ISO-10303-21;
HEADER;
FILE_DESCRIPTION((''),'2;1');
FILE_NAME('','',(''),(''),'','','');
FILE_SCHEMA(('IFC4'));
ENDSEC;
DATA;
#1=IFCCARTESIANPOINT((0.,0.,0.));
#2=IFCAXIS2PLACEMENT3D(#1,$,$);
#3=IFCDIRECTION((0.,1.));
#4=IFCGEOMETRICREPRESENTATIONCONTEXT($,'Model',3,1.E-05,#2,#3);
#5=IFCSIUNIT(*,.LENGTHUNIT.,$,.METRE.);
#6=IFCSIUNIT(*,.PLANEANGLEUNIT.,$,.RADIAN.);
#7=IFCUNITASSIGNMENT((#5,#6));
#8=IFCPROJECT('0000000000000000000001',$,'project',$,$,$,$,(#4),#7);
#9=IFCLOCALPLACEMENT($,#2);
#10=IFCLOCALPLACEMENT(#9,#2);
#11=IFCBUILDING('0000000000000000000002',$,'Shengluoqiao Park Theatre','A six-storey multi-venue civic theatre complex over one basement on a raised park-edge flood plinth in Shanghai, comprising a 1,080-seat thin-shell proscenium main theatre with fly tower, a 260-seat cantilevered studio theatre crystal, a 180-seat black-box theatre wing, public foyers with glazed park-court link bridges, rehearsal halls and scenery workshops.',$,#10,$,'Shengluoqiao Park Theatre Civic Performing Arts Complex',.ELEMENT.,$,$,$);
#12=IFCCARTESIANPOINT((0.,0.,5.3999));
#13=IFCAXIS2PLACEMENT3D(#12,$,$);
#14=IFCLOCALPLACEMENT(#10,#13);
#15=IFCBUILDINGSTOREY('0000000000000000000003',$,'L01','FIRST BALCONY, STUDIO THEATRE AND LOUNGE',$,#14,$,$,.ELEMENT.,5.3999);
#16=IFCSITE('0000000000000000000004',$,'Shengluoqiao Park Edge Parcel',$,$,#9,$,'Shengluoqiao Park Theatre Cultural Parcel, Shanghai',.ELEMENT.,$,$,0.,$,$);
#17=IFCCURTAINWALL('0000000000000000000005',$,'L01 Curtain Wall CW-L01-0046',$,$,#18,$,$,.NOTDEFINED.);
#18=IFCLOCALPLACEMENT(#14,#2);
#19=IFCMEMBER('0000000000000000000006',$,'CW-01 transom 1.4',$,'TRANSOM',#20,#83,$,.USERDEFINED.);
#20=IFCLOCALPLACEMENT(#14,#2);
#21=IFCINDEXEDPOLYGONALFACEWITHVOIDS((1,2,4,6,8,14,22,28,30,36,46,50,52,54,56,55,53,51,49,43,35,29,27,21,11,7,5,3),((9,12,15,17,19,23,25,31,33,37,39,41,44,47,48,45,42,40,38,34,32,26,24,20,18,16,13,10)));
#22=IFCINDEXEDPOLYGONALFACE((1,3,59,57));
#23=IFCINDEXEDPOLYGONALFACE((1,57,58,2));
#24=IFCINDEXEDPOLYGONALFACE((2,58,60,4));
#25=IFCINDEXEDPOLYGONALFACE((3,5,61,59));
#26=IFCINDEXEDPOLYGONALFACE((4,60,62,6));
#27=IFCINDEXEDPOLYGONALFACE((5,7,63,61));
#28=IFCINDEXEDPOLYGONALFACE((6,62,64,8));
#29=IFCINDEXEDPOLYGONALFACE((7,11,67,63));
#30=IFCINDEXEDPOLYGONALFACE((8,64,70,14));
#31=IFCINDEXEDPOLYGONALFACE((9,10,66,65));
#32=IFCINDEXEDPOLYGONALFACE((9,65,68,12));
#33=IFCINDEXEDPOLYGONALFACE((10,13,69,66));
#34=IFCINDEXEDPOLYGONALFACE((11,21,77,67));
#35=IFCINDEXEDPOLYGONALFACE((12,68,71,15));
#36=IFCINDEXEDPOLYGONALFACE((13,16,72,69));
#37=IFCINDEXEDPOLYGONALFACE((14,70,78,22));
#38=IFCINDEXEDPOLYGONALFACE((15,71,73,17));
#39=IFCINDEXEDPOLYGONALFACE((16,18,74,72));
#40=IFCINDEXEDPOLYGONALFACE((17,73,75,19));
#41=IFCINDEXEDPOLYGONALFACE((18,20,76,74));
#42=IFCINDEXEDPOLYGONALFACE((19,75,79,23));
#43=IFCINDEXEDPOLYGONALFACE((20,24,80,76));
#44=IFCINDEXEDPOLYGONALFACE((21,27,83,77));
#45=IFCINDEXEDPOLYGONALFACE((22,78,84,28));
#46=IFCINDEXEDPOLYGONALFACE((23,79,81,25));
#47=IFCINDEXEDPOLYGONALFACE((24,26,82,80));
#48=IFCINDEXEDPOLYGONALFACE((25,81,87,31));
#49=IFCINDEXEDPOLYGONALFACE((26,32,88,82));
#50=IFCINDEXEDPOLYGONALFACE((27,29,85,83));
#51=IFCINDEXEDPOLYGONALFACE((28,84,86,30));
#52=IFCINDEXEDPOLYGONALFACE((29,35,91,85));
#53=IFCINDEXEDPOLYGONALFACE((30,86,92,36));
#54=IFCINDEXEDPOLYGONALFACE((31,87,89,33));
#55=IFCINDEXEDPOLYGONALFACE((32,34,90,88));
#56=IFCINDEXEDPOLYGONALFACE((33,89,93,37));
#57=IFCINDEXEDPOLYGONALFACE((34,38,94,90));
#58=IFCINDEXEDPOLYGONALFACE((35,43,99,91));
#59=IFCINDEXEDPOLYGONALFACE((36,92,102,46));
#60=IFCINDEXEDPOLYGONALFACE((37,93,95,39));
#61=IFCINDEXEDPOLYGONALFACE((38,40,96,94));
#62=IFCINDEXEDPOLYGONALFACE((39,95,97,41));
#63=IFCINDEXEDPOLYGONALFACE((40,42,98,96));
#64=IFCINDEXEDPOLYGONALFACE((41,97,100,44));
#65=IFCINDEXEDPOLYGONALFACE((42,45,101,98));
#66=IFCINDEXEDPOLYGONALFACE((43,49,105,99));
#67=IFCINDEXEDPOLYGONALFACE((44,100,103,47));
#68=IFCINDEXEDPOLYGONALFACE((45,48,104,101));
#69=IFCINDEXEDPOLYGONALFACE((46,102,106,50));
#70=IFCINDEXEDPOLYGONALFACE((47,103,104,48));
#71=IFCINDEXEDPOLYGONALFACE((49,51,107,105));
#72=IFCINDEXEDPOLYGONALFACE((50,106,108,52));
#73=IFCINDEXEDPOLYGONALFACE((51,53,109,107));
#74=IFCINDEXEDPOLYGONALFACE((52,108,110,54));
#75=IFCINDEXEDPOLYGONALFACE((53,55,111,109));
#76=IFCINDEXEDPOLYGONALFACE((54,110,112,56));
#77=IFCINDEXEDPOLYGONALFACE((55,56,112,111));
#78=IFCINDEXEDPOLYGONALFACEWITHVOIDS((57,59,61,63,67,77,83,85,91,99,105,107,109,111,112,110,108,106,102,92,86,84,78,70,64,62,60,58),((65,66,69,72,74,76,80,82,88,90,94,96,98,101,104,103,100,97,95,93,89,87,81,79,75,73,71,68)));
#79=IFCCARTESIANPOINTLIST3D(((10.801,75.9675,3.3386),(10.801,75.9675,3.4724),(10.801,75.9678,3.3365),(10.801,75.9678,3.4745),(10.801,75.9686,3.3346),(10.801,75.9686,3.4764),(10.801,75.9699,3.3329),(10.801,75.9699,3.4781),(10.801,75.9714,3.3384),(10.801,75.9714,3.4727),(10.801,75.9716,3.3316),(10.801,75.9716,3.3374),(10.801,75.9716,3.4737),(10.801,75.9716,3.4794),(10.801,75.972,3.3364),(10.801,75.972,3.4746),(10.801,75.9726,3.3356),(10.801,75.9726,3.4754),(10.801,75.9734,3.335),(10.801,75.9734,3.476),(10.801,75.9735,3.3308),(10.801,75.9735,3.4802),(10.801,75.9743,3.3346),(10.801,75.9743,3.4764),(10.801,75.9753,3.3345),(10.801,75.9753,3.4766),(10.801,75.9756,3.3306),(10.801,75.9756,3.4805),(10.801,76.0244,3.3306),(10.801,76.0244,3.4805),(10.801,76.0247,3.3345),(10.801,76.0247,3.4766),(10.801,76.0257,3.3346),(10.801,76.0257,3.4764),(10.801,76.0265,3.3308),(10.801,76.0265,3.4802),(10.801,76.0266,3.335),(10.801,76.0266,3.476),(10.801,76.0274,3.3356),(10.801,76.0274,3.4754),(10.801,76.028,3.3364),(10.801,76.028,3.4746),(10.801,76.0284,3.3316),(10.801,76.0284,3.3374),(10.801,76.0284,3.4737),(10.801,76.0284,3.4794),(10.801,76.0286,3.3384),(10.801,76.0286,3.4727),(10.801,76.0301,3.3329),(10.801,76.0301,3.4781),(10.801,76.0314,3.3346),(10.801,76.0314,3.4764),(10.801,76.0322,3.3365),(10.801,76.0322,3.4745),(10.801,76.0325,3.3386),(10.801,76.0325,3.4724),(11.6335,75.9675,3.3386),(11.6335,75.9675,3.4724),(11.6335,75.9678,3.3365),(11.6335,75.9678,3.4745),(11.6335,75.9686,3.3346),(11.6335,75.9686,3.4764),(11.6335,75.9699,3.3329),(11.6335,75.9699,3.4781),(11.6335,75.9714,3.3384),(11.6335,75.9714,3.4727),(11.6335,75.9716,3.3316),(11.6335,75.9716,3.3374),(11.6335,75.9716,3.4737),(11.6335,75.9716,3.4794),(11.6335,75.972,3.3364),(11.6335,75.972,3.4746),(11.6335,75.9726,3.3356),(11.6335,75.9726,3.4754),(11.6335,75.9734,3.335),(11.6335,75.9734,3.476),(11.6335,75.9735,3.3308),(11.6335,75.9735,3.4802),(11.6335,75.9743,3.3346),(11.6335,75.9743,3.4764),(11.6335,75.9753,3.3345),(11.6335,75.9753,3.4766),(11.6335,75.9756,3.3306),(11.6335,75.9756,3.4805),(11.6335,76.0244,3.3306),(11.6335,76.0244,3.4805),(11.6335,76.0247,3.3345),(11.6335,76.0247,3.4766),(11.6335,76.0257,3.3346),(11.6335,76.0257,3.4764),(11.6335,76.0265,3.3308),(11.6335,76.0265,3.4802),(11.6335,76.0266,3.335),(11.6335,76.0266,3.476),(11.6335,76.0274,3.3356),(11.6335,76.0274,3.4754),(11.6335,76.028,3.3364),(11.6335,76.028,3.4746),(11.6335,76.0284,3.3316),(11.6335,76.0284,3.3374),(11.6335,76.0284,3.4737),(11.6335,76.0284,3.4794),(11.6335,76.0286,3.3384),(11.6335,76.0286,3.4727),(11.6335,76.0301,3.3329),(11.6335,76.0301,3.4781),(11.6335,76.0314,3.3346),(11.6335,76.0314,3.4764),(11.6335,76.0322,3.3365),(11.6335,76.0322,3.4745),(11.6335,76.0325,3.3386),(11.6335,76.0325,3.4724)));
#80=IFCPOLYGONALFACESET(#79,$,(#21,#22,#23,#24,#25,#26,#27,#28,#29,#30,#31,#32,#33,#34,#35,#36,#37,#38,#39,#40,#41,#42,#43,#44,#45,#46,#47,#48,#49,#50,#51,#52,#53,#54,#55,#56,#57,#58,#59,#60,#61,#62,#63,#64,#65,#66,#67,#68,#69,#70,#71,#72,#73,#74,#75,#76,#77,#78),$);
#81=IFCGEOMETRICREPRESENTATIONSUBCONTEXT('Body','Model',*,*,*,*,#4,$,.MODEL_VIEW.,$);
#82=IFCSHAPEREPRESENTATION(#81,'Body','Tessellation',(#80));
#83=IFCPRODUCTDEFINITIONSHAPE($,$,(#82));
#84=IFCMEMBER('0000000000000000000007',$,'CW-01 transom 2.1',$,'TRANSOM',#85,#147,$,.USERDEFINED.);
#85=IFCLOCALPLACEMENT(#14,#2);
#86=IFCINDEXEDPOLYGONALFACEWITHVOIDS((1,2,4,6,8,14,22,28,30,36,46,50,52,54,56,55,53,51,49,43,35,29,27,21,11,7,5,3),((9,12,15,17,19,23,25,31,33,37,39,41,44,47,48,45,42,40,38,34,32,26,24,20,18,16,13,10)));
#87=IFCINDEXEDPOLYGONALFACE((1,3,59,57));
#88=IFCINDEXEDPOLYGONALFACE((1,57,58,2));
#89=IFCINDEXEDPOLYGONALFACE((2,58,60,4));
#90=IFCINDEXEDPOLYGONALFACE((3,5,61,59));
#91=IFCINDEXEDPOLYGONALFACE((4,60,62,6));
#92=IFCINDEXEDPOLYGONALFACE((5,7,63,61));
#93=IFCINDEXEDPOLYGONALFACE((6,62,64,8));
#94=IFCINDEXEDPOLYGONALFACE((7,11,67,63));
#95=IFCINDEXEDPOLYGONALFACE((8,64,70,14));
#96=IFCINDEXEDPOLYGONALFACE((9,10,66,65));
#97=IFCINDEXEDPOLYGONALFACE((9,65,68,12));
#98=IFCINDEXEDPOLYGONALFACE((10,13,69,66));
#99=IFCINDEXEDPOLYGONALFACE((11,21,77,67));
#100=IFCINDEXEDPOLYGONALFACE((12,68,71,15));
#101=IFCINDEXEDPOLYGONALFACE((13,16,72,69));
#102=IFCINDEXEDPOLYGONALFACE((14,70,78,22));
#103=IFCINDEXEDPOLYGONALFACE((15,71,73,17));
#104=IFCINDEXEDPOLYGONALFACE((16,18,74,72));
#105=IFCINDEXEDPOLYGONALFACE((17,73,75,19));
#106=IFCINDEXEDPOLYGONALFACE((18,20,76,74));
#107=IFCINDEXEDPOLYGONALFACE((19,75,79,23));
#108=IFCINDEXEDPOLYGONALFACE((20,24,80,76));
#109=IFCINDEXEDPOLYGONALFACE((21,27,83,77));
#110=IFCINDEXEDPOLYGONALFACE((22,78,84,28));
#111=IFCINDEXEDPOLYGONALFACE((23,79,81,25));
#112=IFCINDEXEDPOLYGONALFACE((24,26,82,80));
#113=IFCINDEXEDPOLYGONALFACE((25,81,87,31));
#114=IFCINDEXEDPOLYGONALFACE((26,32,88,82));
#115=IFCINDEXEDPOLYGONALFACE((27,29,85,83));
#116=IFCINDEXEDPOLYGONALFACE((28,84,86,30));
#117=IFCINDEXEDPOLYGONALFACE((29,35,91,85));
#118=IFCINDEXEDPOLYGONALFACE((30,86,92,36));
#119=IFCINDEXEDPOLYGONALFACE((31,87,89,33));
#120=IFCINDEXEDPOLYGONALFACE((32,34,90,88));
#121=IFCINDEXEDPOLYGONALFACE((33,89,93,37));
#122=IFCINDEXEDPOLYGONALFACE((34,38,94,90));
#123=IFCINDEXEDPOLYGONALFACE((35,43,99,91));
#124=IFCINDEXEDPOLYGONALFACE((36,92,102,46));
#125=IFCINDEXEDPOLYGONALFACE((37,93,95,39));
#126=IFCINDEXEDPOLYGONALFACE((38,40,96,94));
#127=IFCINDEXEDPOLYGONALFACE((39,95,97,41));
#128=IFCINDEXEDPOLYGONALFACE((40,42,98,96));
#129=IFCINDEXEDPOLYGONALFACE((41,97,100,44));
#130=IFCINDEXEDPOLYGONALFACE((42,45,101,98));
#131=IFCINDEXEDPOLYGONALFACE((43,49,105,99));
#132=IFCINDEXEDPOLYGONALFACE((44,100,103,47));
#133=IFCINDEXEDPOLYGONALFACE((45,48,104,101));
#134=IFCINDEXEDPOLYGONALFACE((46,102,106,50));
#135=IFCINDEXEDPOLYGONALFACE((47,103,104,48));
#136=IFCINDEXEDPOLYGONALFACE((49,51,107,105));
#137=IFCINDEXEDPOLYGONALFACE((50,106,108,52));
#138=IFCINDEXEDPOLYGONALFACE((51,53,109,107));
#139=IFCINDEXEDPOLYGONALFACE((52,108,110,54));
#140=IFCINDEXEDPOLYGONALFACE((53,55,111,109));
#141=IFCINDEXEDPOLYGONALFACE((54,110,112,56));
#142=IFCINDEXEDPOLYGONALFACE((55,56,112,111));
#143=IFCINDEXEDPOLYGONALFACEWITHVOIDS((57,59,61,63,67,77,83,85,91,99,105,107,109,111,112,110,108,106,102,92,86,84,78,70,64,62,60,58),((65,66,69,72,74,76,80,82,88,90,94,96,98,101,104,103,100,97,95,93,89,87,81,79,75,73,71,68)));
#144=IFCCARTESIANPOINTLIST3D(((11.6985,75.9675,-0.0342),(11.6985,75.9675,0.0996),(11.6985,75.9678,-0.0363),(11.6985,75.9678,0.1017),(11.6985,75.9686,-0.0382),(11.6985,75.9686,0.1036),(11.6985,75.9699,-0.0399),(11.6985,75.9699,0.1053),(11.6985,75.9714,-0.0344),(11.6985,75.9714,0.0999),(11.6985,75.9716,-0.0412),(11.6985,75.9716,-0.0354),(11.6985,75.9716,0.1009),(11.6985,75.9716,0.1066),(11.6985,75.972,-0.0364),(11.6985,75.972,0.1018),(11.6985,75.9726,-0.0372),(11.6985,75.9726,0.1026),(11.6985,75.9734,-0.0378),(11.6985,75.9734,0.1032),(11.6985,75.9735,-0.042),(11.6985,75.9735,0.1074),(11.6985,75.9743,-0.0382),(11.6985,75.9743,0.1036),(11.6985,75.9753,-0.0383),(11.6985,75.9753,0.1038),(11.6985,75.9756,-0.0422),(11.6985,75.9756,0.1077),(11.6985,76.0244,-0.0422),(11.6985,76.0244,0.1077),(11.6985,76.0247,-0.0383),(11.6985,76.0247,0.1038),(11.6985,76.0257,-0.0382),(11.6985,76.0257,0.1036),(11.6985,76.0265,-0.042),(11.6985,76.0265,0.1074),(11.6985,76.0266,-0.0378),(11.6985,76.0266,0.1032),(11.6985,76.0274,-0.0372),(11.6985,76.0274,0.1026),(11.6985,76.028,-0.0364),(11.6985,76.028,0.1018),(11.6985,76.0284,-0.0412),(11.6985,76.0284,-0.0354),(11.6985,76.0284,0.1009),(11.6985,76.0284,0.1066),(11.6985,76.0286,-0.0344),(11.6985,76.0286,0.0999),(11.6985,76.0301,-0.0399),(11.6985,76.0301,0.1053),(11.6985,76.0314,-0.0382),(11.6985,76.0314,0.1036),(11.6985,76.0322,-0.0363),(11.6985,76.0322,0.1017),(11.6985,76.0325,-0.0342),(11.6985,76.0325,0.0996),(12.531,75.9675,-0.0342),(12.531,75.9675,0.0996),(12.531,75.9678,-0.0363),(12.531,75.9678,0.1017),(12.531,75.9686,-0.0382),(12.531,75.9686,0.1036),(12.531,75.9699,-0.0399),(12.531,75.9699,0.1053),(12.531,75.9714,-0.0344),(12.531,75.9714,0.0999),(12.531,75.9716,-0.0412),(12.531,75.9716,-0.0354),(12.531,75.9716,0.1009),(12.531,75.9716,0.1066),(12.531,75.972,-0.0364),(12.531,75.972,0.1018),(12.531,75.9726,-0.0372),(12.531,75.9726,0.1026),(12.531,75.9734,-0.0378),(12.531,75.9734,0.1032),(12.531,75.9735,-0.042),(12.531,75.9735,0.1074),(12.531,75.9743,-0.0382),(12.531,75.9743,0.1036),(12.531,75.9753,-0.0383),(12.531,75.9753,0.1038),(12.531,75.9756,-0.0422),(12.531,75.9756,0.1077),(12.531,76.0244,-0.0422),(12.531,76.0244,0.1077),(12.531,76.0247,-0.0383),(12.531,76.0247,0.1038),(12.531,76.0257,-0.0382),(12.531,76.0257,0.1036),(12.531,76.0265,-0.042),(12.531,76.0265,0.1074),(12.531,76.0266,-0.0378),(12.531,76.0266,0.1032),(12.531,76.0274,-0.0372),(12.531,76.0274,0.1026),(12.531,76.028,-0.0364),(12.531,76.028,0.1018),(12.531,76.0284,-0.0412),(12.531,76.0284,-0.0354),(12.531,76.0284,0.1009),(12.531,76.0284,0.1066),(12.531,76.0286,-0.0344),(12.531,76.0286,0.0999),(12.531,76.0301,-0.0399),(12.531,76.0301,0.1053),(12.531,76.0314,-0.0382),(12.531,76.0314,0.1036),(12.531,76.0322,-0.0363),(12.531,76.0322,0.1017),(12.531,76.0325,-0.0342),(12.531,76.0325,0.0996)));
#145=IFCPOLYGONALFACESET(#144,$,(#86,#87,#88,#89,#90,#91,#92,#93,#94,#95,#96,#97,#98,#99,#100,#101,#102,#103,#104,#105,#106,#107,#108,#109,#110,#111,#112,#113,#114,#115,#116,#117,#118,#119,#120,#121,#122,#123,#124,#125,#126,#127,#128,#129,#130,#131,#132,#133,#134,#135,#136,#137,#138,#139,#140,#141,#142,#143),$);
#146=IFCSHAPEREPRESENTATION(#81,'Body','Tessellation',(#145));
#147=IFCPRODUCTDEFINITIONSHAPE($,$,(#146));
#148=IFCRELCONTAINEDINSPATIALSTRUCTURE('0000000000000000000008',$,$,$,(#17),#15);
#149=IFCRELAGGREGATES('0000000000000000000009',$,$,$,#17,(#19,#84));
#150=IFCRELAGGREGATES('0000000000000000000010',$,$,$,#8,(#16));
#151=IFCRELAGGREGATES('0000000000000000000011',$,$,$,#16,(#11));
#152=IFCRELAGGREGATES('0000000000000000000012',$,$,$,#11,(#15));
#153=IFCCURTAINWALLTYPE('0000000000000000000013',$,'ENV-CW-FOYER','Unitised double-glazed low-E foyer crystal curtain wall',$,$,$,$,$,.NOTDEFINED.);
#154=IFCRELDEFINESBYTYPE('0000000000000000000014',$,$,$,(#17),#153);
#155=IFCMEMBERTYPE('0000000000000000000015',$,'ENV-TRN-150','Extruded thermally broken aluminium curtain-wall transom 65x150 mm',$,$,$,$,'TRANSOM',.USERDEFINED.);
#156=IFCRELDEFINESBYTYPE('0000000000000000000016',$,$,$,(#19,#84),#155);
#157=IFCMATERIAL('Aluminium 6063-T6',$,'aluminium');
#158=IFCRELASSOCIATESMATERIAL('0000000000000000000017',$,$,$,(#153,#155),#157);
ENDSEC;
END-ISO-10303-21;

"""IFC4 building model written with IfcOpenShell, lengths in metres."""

from ifc_helpers import new_model, si_unit, direction, frame, origin, origin_2d, place, context, subcontext, project, spatial, hollow_rectangle, extrude, material, material_profile, profile_set, type_object, element, aggregate, save


model = new_model("IFC4")

# Units and contexts
model_context = context("Model", 3, precision=1e-05, world=origin(), true_north=direction((0.0, 1.0)))
body_context = subcontext(model_context, "Body", "Model", "MODEL_VIEW")
ifc_project = project(units=[si_unit("LENGTHUNIT", "METRE"), si_unit("PLANEANGLEUNIT", "RADIAN")], contexts=[model_context])

# Site, building, storey
site_placement = place(None, origin())
site = spatial("IfcSite", under=ifc_project, at=site_placement, Name="Shengluoqiao Park Edge Parcel", LongName="Shengluoqiao Park Theatre Cultural Parcel, Shanghai", CompositionType="ELEMENT", RefElevation=0.0)
building_placement = place(site_placement, origin())
building = spatial("IfcBuilding", under=site, at=building_placement, Name="Shengluoqiao Park Theatre", Description="A six-storey multi-venue civic theatre complex over one basement on a raised park-edge flood plinth in Shanghai, comprising a 1,080-seat thin-shell proscenium main theatre with fly tower, a 260-seat cantilevered studio theatre crystal, a 180-seat black-box theatre wing, public foyers with glazed park-court link bridges, rehearsal halls and scenery workshops.", LongName="Shengluoqiao Park Theatre Civic Performing Arts Complex", CompositionType="ELEMENT")
storey_placement = place(building_placement, frame((0.0, 0.0, 5.3999)))
storey = spatial("IfcBuildingStorey", under=building, at=storey_placement, Name="L01", Description="FIRST BALCONY, STUDIO THEATRE AND LOUNGE", CompositionType="ELEMENT", Elevation=5.3999)

# Curtain wall
ifc_material_1 = material(Name="Aluminium 6063-T6", Category="aluminium")
curtain_wall_type = type_object("IfcCurtainWallType", Name="ENV-CW-FOYER", Description="Unitised double-glazed low-E foyer crystal curtain wall", PredefinedType="NOTDEFINED", material=ifc_material_1)
curtain_wall_1_placement = place(storey_placement, origin())
curtain_wall_1 = element("IfcCurtainWall", 1, at=curtain_wall_1_placement, inside=storey, type_object=curtain_wall_type, Name="L01 Curtain Wall CW-L01-0046", PredefinedType="NOTDEFINED")

# Members
ifc_material_profile_1 = material_profile(ifc_material_1, hollow_rectangle(XDim=0.0649, YDim=0.1499, WallThickness=0.0039, InnerFilletRadius=0.0039, OuterFilletRadius=0.0081, at=origin_2d()), Name="ALU TRANSOM 150x65x4")
ifc_profile_set_1 = profile_set([ifc_material_profile_1], Name="Aluminium 6063-T6")
member_type_1 = type_object("IfcMemberType", Name="ENV-TRN-150", Description="Extruded thermally broken aluminium curtain-wall transom 65x150 mm", ElementType="TRANSOM", PredefinedType="USERDEFINED", material=ifc_profile_set_1)
member_1_placement = place(storey_placement, frame((10.801, 76.0, 3.4055), z_axis=(1.0, 0.0, 0.0), x_axis=(0.0, 1.0, 0.0)))
member_1 = element("IfcMember", 2, at=member_1_placement, type_object=member_type_1, Name="CW-01 transom 1.4", ObjectType="TRANSOM", PredefinedType="USERDEFINED", context=body_context, shape_type="SweptSolid", body=[
    extrude(hollow_rectangle(XDim=0.0649, YDim=0.1499, WallThickness=0.0039, InnerFilletRadius=0.0039, OuterFilletRadius=0.0081, at=origin_2d()), origin(), (0.0, 0.0, 1.0), 0.8325),
])
member_2_placement = place(storey_placement, frame((11.6985, 76.0, 0.0327), z_axis=(1.0, 0.0, 0.0), x_axis=(0.0, 1.0, 0.0)))
member_2 = element("IfcMember", 3, at=member_2_placement, type_object=member_type_1, Name="CW-01 transom 2.1", ObjectType="TRANSOM", PredefinedType="USERDEFINED", context=body_context, shape_type="SweptSolid", body=[
    extrude(hollow_rectangle(XDim=0.0649, YDim=0.1499, WallThickness=0.0039, InnerFilletRadius=0.0039, OuterFilletRadius=0.0081, at=origin_2d()), origin(), (0.0, 0.0, 1.0), 0.8325),
])

aggregate(curtain_wall_1, [member_1, member_2])

save(model, "model.ifc")
